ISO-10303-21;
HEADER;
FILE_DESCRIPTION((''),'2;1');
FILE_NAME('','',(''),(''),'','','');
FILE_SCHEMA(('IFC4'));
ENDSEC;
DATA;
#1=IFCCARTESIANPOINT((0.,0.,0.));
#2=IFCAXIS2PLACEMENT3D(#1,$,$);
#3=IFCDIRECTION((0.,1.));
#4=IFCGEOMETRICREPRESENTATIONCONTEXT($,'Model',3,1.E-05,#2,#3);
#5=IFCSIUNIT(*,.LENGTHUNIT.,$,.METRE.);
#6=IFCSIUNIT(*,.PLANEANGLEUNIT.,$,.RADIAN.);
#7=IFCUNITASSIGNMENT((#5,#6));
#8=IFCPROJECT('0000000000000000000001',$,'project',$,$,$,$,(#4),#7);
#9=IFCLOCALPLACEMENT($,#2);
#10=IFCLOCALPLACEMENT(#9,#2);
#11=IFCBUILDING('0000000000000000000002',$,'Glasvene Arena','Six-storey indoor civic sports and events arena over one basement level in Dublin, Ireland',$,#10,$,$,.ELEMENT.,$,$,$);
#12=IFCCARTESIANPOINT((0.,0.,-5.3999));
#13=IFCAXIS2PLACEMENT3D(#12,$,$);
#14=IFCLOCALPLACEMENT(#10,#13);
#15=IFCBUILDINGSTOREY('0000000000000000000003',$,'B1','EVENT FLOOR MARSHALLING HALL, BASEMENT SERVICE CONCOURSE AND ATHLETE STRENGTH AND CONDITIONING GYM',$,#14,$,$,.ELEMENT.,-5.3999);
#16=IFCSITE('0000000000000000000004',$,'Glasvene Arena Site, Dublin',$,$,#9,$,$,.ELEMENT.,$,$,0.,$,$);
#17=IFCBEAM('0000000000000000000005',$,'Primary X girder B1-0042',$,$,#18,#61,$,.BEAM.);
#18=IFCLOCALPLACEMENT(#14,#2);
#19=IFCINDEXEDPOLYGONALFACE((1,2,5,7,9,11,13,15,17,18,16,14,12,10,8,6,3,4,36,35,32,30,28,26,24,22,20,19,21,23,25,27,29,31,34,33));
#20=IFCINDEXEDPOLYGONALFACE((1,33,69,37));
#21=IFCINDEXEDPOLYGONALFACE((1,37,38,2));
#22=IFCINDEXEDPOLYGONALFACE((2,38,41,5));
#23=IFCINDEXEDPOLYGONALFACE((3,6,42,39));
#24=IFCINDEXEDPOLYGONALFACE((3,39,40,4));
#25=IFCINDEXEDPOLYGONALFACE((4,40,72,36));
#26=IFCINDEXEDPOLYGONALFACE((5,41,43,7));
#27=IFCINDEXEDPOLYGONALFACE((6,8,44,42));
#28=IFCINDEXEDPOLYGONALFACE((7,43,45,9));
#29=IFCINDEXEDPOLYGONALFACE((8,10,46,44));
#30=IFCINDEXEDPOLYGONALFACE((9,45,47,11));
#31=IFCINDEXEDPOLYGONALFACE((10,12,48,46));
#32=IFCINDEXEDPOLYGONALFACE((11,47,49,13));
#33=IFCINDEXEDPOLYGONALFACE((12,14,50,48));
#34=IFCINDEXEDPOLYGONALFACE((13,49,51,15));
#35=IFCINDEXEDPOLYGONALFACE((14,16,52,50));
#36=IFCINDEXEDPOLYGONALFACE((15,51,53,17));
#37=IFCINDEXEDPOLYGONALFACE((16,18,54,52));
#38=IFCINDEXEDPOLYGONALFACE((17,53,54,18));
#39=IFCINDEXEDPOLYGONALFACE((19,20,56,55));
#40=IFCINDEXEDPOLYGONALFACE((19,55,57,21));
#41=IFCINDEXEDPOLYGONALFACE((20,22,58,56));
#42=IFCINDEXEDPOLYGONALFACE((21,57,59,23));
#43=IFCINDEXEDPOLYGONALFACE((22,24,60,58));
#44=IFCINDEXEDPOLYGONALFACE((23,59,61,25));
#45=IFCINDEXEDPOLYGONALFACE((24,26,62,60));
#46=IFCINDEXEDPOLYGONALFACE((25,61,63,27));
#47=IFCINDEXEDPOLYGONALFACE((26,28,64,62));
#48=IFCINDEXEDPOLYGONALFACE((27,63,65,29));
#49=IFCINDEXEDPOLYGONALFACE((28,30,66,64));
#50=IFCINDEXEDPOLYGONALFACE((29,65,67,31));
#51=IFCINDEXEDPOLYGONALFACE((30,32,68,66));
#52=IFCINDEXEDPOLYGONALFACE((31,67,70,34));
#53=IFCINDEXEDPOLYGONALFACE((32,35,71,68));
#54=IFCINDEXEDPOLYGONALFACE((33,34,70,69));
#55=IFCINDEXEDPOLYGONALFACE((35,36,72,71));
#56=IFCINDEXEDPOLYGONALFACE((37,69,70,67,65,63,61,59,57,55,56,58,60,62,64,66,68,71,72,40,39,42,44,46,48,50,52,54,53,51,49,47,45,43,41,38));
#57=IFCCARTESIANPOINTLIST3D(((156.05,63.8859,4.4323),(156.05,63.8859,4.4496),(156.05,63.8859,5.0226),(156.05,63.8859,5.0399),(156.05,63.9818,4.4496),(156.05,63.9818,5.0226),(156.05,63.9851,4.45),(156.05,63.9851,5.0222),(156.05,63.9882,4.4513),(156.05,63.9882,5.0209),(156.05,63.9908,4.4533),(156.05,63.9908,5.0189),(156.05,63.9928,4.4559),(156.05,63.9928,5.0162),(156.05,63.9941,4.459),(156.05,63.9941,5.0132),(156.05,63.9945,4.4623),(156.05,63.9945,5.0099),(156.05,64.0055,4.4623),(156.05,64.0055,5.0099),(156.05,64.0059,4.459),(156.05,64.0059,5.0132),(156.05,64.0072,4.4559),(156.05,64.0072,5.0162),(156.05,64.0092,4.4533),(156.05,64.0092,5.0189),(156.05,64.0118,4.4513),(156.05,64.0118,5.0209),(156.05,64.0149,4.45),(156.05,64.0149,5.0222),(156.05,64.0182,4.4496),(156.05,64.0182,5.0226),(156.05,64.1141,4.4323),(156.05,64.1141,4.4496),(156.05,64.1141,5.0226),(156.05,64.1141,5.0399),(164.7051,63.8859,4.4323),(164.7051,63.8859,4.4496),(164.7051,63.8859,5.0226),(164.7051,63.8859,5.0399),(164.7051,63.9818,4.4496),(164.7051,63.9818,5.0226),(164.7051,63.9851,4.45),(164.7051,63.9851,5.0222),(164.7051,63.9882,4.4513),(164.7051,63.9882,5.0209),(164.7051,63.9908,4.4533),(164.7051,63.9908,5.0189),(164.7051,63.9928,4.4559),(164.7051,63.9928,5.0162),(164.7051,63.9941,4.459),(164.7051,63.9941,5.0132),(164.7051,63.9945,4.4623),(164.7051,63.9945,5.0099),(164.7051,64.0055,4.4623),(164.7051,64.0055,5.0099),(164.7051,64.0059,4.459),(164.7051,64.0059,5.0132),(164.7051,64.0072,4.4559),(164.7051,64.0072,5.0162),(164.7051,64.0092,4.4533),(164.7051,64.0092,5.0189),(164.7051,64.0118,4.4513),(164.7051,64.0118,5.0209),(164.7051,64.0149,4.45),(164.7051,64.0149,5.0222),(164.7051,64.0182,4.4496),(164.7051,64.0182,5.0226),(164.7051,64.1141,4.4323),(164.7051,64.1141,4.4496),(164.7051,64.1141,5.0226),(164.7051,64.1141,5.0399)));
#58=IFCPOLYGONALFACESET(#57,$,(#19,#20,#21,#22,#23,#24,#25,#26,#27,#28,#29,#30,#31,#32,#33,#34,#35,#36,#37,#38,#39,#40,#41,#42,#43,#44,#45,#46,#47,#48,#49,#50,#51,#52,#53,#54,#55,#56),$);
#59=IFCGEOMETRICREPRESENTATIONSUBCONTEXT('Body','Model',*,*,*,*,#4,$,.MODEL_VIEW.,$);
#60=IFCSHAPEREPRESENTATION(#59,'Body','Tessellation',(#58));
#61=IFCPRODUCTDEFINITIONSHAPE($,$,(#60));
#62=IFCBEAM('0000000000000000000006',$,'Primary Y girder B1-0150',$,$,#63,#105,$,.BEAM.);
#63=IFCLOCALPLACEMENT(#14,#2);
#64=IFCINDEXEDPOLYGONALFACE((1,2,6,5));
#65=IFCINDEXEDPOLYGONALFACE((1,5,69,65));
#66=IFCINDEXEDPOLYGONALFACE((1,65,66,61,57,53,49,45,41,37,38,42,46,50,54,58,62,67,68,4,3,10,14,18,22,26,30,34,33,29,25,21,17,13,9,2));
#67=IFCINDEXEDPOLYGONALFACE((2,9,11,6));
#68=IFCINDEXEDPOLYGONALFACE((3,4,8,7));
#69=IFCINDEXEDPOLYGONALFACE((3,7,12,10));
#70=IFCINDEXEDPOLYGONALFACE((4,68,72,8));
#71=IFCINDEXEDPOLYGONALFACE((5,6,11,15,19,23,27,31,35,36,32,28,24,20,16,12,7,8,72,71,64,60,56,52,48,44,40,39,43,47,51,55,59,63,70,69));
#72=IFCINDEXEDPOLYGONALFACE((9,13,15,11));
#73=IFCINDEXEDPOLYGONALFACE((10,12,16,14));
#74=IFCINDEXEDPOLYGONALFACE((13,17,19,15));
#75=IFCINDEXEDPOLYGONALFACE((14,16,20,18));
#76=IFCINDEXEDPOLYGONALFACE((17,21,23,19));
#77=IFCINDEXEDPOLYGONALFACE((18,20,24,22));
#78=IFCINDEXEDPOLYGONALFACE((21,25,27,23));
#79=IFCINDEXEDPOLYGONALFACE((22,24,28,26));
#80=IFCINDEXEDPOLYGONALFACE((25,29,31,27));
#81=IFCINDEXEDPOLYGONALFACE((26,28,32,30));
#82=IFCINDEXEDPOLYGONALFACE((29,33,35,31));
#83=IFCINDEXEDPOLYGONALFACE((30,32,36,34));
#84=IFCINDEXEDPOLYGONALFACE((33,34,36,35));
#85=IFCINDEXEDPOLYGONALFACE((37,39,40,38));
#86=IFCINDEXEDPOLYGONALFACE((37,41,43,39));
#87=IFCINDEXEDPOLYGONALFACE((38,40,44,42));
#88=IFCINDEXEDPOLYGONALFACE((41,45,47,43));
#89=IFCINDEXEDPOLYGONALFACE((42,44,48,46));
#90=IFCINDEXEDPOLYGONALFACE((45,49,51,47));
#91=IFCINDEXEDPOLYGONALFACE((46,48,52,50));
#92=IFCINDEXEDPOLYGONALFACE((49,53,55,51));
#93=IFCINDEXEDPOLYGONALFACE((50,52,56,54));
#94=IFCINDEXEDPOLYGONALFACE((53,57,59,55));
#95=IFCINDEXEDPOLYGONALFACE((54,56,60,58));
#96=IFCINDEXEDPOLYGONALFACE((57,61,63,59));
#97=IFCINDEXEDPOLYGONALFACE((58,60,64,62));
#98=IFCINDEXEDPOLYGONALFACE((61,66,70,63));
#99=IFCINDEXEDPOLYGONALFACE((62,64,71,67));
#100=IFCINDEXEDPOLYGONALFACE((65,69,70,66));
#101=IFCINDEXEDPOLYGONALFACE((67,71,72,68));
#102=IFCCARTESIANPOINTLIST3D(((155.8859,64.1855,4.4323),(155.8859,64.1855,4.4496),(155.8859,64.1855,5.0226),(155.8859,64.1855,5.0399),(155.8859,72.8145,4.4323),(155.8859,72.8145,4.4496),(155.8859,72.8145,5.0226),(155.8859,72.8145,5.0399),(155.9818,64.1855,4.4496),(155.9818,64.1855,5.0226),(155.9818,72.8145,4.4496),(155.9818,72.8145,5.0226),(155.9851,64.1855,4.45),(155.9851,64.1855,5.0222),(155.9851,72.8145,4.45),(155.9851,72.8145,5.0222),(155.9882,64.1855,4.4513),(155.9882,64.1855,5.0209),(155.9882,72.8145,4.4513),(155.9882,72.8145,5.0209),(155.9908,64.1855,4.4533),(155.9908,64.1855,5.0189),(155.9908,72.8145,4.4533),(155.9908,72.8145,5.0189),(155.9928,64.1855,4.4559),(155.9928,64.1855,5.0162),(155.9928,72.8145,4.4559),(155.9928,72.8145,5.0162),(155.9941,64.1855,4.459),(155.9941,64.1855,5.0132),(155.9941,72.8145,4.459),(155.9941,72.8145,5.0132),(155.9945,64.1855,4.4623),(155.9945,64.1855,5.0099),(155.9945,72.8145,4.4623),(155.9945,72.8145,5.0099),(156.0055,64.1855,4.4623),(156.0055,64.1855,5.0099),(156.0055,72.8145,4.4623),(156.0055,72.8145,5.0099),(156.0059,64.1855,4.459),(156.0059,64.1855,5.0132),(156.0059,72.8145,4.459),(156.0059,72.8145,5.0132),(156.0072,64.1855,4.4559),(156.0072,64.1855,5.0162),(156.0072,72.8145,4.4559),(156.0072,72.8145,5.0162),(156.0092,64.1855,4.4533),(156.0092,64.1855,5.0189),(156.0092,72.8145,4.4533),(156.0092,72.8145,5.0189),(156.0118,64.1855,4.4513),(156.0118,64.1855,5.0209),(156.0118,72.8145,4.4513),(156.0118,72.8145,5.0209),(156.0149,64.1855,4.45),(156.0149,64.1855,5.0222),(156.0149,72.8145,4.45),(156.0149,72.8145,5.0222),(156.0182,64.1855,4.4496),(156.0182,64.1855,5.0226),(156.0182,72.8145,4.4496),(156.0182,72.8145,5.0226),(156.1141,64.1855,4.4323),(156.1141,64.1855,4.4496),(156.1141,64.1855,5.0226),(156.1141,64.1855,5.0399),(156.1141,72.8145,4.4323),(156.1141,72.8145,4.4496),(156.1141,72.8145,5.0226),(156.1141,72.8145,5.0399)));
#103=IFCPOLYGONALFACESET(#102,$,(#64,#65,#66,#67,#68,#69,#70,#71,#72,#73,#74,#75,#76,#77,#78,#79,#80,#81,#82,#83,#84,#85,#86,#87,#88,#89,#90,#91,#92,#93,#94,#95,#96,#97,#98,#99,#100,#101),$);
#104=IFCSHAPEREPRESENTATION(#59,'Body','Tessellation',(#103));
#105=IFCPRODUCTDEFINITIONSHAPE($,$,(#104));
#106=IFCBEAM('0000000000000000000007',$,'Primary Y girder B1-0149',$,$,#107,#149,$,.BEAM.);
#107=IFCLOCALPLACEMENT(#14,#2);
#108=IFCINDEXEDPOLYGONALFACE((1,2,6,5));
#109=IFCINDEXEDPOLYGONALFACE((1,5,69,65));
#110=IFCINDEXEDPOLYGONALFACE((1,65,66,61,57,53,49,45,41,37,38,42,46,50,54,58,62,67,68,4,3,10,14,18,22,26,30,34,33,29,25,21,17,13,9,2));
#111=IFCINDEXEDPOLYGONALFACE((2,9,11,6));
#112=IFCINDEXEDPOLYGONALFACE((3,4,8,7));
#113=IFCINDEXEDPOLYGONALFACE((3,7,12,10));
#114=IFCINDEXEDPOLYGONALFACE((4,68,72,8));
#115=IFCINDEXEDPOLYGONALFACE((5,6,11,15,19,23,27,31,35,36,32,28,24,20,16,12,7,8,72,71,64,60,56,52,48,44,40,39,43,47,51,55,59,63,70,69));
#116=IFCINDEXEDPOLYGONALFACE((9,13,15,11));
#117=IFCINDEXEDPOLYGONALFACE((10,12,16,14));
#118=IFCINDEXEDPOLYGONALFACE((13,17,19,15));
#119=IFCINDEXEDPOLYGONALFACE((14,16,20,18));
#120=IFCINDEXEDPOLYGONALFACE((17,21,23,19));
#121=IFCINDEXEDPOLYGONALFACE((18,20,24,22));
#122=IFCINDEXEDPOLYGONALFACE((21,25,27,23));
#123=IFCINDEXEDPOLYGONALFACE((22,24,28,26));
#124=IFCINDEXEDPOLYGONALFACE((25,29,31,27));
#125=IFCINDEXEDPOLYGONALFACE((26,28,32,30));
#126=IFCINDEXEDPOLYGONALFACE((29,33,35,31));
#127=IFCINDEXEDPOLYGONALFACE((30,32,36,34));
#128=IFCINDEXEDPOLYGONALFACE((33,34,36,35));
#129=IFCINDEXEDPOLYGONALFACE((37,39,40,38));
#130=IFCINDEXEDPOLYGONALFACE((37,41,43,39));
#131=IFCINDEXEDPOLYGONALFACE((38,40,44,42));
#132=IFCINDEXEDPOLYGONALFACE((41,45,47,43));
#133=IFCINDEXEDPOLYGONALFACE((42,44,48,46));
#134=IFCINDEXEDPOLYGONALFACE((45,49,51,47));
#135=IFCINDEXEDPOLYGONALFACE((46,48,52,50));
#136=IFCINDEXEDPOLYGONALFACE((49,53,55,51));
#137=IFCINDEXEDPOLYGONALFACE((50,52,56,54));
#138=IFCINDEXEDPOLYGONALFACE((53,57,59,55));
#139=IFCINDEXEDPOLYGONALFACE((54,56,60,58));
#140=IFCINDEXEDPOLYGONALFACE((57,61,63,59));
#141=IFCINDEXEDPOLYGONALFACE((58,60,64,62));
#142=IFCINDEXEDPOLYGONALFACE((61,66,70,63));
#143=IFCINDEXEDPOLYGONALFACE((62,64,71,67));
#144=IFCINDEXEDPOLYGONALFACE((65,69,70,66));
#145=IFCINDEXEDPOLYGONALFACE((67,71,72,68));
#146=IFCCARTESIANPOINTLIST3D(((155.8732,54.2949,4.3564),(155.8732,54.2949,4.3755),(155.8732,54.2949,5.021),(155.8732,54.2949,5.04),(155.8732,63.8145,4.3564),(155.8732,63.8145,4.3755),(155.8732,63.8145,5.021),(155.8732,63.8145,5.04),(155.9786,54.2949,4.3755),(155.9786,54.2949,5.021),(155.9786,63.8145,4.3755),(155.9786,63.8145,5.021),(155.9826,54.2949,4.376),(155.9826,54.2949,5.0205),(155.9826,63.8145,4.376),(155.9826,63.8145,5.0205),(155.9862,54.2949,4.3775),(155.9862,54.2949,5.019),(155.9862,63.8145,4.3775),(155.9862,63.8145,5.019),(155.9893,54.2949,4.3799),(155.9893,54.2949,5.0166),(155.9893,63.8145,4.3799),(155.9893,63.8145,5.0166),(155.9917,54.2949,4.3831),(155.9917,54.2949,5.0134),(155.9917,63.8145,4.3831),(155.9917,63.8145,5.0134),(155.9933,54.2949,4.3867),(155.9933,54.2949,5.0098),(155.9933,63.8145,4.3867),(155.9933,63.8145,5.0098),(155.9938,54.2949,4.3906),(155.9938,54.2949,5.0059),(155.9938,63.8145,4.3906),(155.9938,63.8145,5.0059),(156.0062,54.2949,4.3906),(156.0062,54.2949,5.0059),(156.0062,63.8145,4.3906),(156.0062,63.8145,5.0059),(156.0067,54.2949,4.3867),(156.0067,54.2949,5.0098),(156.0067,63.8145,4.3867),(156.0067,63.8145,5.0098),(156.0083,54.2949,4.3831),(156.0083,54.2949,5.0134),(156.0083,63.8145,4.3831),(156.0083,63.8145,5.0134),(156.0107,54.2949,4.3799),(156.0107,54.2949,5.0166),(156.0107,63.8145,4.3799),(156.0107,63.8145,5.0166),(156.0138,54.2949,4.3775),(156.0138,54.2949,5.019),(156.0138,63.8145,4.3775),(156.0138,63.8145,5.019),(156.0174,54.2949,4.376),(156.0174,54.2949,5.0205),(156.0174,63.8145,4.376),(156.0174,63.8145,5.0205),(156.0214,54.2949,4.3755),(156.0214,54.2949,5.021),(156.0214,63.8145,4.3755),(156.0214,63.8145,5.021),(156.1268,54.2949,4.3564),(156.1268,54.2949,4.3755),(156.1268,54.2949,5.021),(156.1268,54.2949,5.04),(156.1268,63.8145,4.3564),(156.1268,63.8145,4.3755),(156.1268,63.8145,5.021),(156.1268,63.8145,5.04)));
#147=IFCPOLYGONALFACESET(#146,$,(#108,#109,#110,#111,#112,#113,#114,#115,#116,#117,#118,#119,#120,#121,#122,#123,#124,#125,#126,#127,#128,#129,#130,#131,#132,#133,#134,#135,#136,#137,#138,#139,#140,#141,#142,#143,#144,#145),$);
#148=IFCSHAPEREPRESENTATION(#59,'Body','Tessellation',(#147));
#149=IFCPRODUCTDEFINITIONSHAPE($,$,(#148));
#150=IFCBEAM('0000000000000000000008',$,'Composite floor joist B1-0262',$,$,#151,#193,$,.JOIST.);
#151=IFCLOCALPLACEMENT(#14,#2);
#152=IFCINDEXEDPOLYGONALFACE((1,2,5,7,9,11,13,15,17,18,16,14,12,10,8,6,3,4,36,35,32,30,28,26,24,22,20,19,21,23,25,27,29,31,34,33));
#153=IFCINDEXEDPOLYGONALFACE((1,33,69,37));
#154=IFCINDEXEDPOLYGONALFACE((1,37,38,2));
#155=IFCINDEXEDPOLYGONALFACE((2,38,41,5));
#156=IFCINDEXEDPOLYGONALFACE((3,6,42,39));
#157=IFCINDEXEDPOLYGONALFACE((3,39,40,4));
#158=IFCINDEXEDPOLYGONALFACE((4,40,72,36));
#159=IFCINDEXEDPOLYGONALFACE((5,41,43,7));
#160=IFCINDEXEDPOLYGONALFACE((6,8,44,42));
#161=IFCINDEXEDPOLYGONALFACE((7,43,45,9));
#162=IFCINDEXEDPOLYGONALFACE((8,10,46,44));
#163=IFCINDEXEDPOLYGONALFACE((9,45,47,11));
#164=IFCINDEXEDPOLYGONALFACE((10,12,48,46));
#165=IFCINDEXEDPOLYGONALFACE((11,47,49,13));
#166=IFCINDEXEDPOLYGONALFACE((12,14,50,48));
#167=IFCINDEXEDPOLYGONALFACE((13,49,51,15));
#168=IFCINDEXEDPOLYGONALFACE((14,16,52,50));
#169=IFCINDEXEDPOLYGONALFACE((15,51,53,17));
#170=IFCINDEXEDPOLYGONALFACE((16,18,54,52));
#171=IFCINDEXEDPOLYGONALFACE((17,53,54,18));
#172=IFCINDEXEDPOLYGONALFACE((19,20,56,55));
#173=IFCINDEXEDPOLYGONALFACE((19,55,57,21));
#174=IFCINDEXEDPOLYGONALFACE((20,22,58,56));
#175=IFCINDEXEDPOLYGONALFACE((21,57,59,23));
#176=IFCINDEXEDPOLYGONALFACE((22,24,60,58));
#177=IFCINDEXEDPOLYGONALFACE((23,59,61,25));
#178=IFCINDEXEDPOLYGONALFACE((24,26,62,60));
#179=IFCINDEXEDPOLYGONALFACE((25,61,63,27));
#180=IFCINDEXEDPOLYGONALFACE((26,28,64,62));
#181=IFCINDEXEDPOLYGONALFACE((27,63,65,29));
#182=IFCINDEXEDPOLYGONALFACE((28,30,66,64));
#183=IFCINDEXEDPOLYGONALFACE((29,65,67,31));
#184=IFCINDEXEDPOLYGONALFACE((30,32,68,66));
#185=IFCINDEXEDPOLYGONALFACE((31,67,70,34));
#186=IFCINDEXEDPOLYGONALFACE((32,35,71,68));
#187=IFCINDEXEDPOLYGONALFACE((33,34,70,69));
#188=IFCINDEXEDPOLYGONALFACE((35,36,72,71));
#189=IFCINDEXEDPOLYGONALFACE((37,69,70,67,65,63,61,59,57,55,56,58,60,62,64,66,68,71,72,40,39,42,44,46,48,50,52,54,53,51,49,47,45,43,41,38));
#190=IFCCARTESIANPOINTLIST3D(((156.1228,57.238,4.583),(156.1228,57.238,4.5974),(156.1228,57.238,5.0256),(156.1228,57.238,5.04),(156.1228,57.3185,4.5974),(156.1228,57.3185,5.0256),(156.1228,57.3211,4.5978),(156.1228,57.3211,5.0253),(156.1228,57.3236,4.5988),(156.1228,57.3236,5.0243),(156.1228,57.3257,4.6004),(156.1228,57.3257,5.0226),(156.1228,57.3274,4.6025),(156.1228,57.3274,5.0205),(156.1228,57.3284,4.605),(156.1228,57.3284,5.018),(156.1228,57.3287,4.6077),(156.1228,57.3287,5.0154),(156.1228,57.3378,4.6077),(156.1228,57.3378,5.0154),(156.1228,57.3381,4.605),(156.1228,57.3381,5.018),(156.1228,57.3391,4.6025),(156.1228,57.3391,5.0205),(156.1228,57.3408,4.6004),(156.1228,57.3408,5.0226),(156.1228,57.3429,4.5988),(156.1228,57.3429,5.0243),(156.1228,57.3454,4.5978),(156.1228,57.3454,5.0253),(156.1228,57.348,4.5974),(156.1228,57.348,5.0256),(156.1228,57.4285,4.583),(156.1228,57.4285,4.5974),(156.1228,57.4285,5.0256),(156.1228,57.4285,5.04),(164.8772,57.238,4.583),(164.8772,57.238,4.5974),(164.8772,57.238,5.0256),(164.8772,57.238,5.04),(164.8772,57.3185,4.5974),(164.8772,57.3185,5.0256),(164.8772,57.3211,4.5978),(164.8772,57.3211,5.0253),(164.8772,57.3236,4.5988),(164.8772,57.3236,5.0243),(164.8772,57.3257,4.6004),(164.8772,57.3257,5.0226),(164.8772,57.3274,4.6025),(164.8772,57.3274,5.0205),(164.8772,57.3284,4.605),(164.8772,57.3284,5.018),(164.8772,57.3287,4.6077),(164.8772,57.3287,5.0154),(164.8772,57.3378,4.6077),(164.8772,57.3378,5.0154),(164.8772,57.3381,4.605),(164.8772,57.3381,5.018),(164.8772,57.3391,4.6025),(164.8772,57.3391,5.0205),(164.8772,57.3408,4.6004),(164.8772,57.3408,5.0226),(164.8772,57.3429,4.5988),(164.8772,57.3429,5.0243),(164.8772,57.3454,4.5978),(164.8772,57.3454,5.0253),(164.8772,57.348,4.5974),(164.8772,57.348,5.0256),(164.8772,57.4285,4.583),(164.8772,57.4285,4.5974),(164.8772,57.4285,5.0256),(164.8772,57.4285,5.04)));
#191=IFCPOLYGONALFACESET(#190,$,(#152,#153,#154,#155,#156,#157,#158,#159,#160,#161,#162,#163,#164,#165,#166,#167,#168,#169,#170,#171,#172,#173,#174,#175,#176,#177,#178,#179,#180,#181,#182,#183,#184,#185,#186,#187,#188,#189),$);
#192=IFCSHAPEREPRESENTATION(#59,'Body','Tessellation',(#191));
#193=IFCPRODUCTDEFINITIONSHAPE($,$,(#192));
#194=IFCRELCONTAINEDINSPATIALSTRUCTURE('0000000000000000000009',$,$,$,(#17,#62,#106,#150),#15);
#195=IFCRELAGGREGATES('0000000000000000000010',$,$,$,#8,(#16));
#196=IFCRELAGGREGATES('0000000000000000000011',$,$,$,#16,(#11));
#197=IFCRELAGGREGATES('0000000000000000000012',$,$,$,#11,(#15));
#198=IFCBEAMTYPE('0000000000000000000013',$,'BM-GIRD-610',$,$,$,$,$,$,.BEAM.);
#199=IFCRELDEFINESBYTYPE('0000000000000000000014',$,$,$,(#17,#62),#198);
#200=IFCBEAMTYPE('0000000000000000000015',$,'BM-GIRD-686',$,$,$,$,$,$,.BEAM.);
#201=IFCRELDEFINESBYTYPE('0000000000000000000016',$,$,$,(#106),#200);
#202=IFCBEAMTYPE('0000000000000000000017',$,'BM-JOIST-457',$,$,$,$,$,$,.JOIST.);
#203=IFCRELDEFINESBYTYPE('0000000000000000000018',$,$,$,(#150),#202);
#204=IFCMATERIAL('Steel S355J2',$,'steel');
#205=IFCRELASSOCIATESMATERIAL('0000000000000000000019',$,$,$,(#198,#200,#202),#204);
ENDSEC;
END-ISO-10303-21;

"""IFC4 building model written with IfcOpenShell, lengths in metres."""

from ifc_helpers import new_model, si_unit, direction, frame, origin, origin_2d, place, context, subcontext, project, spatial, i_section, extrude, material, material_profile, profile_set, type_object, element, save


model = new_model("IFC4")

# Units and contexts
model_context = context("Model", 3, precision=1e-05, world=origin(), true_north=direction((0.0, 1.0)))
body_context = subcontext(model_context, "Body", "Model", "MODEL_VIEW")
ifc_project = project(units=[si_unit("LENGTHUNIT", "METRE"), si_unit("PLANEANGLEUNIT", "RADIAN")], contexts=[model_context])

# Site, building, storey
site_placement = place(None, origin())
site = spatial("IfcSite", under=ifc_project, at=site_placement, Name="Glasvene Arena Site, Dublin", CompositionType="ELEMENT", RefElevation=0.0)
building_placement = place(site_placement, origin())
building = spatial("IfcBuilding", under=site, at=building_placement, Name="Glasvene Arena", Description="Six-storey indoor civic sports and events arena over one basement level in Dublin, Ireland", CompositionType="ELEMENT")
storey_placement = place(building_placement, frame((0.0, 0.0, -5.3999)))
storey = spatial("IfcBuildingStorey", under=building, at=storey_placement, Name="B1", Description="EVENT FLOOR MARSHALLING HALL, BASEMENT SERVICE CONCOURSE AND ATHLETE STRENGTH AND CONDITIONING GYM", CompositionType="ELEMENT", Elevation=-5.3999)

# Shared definitions
ifc_material_1 = material(Name="Steel S355J2", Category="steel")

# Beams
ifc_material_profile_1 = material_profile(ifc_material_1, i_section(OverallWidth=0.2283, OverallDepth=0.6077, WebThickness=0.011, FlangeThickness=0.0173, FilletRadius=0.0127, at=origin_2d()), Name="UKB 610x229x113")
ifc_profile_set_1 = profile_set([ifc_material_profile_1], Name="Steel S355J2")
beam_type_1 = type_object("IfcBeamType", Name="BM-GIRD-610", PredefinedType="BEAM", material=ifc_profile_set_1)
beam_1_placement = place(storey_placement, frame((156.05, 64.0, 4.7361), z_axis=(1.0, 0.0, 0.0), x_axis=(0.0, 1.0, 0.0)))
element("IfcBeam", 1, at=beam_1_placement, inside=storey, type_object=beam_type_1, Name="Primary X girder B1-0042", PredefinedType="BEAM", context=body_context, shape_type="SweptSolid", body=[
    extrude(i_section(OverallWidth=0.2283, OverallDepth=0.6077, WebThickness=0.011, FlangeThickness=0.0173, FilletRadius=0.0127, at=origin_2d()), origin(), (0.0, 0.0, 1.0), 8.655),
])
beam_2_placement = place(storey_placement, frame((156.0, 64.1855, 4.7361), z_axis=(0.0, 1.0, 0.0), x_axis=(-1.0, 0.0, 0.0)))
element("IfcBeam", 2, at=beam_2_placement, inside=storey, type_object=beam_type_1, Name="Primary Y girder B1-0150", PredefinedType="BEAM", context=body_context, shape_type="SweptSolid", body=[
    extrude(i_section(OverallWidth=0.2283, OverallDepth=0.6077, WebThickness=0.011, FlangeThickness=0.0173, FilletRadius=0.0127, at=origin_2d()), origin(), (0.0, 0.0, 1.0), 8.6289),
])
ifc_material_profile_2 = material_profile(ifc_material_1, i_section(OverallWidth=0.2537, OverallDepth=0.6836, WebThickness=0.0125, FlangeThickness=0.019, FilletRadius=0.0151, at=origin_2d()), Name="UKB 686x254x140")
ifc_profile_set_2 = profile_set([ifc_material_profile_2], Name="Steel S355J2")
beam_type_2 = type_object("IfcBeamType", Name="BM-GIRD-686", PredefinedType="BEAM", material=ifc_profile_set_2)
beam_3_placement = place(storey_placement, frame((156.0, 54.2949, 4.6982), z_axis=(0.0, 1.0, 0.0), x_axis=(-1.0, 0.0, 0.0)))
element("IfcBeam", 3, at=beam_3_placement, inside=storey, type_object=beam_type_2, Name="Primary Y girder B1-0149", PredefinedType="BEAM", context=body_context, shape_type="SweptSolid", body=[
    extrude(i_section(OverallWidth=0.2537, OverallDepth=0.6836, WebThickness=0.0125, FlangeThickness=0.019, FilletRadius=0.0151, at=origin_2d()), origin(), (0.0, 0.0, 1.0), 9.5195),
])
ifc_material_profile_3 = material_profile(ifc_material_1, i_section(OverallWidth=0.1904, OverallDepth=0.457, WebThickness=0.009, FlangeThickness=0.0144, FilletRadius=0.0103, at=origin_2d()), Name="UKB 457x191x74")
ifc_profile_set_3 = profile_set([ifc_material_profile_3], Name="Steel S355J2")
beam_type_3 = type_object("IfcBeamType", Name="BM-JOIST-457", PredefinedType="JOIST", material=ifc_profile_set_3)
for number, where, z_axis, x_axis, name in (
    (4, (156.1228, 57.3333, 4.8115), (1.0, 0.0, 0.0), (0.0, 1.0, 0.0), "Composite floor joist B1-0262"),
):
    element("IfcBeam", number, at=place(storey_placement, frame(where, z_axis=z_axis, x_axis=x_axis)), inside=storey, type_object=beam_type_3, Name=name, PredefinedType="JOIST", context=body_context, shape_type="SweptSolid", body=[
        extrude(i_section(OverallWidth=0.1904, OverallDepth=0.457, WebThickness=0.009, FlangeThickness=0.0144, FilletRadius=0.0103, at=origin_2d()), origin(), (0.0, 0.0, 1.0), 8.7544),
    ])

save(model, "model.ifc")
